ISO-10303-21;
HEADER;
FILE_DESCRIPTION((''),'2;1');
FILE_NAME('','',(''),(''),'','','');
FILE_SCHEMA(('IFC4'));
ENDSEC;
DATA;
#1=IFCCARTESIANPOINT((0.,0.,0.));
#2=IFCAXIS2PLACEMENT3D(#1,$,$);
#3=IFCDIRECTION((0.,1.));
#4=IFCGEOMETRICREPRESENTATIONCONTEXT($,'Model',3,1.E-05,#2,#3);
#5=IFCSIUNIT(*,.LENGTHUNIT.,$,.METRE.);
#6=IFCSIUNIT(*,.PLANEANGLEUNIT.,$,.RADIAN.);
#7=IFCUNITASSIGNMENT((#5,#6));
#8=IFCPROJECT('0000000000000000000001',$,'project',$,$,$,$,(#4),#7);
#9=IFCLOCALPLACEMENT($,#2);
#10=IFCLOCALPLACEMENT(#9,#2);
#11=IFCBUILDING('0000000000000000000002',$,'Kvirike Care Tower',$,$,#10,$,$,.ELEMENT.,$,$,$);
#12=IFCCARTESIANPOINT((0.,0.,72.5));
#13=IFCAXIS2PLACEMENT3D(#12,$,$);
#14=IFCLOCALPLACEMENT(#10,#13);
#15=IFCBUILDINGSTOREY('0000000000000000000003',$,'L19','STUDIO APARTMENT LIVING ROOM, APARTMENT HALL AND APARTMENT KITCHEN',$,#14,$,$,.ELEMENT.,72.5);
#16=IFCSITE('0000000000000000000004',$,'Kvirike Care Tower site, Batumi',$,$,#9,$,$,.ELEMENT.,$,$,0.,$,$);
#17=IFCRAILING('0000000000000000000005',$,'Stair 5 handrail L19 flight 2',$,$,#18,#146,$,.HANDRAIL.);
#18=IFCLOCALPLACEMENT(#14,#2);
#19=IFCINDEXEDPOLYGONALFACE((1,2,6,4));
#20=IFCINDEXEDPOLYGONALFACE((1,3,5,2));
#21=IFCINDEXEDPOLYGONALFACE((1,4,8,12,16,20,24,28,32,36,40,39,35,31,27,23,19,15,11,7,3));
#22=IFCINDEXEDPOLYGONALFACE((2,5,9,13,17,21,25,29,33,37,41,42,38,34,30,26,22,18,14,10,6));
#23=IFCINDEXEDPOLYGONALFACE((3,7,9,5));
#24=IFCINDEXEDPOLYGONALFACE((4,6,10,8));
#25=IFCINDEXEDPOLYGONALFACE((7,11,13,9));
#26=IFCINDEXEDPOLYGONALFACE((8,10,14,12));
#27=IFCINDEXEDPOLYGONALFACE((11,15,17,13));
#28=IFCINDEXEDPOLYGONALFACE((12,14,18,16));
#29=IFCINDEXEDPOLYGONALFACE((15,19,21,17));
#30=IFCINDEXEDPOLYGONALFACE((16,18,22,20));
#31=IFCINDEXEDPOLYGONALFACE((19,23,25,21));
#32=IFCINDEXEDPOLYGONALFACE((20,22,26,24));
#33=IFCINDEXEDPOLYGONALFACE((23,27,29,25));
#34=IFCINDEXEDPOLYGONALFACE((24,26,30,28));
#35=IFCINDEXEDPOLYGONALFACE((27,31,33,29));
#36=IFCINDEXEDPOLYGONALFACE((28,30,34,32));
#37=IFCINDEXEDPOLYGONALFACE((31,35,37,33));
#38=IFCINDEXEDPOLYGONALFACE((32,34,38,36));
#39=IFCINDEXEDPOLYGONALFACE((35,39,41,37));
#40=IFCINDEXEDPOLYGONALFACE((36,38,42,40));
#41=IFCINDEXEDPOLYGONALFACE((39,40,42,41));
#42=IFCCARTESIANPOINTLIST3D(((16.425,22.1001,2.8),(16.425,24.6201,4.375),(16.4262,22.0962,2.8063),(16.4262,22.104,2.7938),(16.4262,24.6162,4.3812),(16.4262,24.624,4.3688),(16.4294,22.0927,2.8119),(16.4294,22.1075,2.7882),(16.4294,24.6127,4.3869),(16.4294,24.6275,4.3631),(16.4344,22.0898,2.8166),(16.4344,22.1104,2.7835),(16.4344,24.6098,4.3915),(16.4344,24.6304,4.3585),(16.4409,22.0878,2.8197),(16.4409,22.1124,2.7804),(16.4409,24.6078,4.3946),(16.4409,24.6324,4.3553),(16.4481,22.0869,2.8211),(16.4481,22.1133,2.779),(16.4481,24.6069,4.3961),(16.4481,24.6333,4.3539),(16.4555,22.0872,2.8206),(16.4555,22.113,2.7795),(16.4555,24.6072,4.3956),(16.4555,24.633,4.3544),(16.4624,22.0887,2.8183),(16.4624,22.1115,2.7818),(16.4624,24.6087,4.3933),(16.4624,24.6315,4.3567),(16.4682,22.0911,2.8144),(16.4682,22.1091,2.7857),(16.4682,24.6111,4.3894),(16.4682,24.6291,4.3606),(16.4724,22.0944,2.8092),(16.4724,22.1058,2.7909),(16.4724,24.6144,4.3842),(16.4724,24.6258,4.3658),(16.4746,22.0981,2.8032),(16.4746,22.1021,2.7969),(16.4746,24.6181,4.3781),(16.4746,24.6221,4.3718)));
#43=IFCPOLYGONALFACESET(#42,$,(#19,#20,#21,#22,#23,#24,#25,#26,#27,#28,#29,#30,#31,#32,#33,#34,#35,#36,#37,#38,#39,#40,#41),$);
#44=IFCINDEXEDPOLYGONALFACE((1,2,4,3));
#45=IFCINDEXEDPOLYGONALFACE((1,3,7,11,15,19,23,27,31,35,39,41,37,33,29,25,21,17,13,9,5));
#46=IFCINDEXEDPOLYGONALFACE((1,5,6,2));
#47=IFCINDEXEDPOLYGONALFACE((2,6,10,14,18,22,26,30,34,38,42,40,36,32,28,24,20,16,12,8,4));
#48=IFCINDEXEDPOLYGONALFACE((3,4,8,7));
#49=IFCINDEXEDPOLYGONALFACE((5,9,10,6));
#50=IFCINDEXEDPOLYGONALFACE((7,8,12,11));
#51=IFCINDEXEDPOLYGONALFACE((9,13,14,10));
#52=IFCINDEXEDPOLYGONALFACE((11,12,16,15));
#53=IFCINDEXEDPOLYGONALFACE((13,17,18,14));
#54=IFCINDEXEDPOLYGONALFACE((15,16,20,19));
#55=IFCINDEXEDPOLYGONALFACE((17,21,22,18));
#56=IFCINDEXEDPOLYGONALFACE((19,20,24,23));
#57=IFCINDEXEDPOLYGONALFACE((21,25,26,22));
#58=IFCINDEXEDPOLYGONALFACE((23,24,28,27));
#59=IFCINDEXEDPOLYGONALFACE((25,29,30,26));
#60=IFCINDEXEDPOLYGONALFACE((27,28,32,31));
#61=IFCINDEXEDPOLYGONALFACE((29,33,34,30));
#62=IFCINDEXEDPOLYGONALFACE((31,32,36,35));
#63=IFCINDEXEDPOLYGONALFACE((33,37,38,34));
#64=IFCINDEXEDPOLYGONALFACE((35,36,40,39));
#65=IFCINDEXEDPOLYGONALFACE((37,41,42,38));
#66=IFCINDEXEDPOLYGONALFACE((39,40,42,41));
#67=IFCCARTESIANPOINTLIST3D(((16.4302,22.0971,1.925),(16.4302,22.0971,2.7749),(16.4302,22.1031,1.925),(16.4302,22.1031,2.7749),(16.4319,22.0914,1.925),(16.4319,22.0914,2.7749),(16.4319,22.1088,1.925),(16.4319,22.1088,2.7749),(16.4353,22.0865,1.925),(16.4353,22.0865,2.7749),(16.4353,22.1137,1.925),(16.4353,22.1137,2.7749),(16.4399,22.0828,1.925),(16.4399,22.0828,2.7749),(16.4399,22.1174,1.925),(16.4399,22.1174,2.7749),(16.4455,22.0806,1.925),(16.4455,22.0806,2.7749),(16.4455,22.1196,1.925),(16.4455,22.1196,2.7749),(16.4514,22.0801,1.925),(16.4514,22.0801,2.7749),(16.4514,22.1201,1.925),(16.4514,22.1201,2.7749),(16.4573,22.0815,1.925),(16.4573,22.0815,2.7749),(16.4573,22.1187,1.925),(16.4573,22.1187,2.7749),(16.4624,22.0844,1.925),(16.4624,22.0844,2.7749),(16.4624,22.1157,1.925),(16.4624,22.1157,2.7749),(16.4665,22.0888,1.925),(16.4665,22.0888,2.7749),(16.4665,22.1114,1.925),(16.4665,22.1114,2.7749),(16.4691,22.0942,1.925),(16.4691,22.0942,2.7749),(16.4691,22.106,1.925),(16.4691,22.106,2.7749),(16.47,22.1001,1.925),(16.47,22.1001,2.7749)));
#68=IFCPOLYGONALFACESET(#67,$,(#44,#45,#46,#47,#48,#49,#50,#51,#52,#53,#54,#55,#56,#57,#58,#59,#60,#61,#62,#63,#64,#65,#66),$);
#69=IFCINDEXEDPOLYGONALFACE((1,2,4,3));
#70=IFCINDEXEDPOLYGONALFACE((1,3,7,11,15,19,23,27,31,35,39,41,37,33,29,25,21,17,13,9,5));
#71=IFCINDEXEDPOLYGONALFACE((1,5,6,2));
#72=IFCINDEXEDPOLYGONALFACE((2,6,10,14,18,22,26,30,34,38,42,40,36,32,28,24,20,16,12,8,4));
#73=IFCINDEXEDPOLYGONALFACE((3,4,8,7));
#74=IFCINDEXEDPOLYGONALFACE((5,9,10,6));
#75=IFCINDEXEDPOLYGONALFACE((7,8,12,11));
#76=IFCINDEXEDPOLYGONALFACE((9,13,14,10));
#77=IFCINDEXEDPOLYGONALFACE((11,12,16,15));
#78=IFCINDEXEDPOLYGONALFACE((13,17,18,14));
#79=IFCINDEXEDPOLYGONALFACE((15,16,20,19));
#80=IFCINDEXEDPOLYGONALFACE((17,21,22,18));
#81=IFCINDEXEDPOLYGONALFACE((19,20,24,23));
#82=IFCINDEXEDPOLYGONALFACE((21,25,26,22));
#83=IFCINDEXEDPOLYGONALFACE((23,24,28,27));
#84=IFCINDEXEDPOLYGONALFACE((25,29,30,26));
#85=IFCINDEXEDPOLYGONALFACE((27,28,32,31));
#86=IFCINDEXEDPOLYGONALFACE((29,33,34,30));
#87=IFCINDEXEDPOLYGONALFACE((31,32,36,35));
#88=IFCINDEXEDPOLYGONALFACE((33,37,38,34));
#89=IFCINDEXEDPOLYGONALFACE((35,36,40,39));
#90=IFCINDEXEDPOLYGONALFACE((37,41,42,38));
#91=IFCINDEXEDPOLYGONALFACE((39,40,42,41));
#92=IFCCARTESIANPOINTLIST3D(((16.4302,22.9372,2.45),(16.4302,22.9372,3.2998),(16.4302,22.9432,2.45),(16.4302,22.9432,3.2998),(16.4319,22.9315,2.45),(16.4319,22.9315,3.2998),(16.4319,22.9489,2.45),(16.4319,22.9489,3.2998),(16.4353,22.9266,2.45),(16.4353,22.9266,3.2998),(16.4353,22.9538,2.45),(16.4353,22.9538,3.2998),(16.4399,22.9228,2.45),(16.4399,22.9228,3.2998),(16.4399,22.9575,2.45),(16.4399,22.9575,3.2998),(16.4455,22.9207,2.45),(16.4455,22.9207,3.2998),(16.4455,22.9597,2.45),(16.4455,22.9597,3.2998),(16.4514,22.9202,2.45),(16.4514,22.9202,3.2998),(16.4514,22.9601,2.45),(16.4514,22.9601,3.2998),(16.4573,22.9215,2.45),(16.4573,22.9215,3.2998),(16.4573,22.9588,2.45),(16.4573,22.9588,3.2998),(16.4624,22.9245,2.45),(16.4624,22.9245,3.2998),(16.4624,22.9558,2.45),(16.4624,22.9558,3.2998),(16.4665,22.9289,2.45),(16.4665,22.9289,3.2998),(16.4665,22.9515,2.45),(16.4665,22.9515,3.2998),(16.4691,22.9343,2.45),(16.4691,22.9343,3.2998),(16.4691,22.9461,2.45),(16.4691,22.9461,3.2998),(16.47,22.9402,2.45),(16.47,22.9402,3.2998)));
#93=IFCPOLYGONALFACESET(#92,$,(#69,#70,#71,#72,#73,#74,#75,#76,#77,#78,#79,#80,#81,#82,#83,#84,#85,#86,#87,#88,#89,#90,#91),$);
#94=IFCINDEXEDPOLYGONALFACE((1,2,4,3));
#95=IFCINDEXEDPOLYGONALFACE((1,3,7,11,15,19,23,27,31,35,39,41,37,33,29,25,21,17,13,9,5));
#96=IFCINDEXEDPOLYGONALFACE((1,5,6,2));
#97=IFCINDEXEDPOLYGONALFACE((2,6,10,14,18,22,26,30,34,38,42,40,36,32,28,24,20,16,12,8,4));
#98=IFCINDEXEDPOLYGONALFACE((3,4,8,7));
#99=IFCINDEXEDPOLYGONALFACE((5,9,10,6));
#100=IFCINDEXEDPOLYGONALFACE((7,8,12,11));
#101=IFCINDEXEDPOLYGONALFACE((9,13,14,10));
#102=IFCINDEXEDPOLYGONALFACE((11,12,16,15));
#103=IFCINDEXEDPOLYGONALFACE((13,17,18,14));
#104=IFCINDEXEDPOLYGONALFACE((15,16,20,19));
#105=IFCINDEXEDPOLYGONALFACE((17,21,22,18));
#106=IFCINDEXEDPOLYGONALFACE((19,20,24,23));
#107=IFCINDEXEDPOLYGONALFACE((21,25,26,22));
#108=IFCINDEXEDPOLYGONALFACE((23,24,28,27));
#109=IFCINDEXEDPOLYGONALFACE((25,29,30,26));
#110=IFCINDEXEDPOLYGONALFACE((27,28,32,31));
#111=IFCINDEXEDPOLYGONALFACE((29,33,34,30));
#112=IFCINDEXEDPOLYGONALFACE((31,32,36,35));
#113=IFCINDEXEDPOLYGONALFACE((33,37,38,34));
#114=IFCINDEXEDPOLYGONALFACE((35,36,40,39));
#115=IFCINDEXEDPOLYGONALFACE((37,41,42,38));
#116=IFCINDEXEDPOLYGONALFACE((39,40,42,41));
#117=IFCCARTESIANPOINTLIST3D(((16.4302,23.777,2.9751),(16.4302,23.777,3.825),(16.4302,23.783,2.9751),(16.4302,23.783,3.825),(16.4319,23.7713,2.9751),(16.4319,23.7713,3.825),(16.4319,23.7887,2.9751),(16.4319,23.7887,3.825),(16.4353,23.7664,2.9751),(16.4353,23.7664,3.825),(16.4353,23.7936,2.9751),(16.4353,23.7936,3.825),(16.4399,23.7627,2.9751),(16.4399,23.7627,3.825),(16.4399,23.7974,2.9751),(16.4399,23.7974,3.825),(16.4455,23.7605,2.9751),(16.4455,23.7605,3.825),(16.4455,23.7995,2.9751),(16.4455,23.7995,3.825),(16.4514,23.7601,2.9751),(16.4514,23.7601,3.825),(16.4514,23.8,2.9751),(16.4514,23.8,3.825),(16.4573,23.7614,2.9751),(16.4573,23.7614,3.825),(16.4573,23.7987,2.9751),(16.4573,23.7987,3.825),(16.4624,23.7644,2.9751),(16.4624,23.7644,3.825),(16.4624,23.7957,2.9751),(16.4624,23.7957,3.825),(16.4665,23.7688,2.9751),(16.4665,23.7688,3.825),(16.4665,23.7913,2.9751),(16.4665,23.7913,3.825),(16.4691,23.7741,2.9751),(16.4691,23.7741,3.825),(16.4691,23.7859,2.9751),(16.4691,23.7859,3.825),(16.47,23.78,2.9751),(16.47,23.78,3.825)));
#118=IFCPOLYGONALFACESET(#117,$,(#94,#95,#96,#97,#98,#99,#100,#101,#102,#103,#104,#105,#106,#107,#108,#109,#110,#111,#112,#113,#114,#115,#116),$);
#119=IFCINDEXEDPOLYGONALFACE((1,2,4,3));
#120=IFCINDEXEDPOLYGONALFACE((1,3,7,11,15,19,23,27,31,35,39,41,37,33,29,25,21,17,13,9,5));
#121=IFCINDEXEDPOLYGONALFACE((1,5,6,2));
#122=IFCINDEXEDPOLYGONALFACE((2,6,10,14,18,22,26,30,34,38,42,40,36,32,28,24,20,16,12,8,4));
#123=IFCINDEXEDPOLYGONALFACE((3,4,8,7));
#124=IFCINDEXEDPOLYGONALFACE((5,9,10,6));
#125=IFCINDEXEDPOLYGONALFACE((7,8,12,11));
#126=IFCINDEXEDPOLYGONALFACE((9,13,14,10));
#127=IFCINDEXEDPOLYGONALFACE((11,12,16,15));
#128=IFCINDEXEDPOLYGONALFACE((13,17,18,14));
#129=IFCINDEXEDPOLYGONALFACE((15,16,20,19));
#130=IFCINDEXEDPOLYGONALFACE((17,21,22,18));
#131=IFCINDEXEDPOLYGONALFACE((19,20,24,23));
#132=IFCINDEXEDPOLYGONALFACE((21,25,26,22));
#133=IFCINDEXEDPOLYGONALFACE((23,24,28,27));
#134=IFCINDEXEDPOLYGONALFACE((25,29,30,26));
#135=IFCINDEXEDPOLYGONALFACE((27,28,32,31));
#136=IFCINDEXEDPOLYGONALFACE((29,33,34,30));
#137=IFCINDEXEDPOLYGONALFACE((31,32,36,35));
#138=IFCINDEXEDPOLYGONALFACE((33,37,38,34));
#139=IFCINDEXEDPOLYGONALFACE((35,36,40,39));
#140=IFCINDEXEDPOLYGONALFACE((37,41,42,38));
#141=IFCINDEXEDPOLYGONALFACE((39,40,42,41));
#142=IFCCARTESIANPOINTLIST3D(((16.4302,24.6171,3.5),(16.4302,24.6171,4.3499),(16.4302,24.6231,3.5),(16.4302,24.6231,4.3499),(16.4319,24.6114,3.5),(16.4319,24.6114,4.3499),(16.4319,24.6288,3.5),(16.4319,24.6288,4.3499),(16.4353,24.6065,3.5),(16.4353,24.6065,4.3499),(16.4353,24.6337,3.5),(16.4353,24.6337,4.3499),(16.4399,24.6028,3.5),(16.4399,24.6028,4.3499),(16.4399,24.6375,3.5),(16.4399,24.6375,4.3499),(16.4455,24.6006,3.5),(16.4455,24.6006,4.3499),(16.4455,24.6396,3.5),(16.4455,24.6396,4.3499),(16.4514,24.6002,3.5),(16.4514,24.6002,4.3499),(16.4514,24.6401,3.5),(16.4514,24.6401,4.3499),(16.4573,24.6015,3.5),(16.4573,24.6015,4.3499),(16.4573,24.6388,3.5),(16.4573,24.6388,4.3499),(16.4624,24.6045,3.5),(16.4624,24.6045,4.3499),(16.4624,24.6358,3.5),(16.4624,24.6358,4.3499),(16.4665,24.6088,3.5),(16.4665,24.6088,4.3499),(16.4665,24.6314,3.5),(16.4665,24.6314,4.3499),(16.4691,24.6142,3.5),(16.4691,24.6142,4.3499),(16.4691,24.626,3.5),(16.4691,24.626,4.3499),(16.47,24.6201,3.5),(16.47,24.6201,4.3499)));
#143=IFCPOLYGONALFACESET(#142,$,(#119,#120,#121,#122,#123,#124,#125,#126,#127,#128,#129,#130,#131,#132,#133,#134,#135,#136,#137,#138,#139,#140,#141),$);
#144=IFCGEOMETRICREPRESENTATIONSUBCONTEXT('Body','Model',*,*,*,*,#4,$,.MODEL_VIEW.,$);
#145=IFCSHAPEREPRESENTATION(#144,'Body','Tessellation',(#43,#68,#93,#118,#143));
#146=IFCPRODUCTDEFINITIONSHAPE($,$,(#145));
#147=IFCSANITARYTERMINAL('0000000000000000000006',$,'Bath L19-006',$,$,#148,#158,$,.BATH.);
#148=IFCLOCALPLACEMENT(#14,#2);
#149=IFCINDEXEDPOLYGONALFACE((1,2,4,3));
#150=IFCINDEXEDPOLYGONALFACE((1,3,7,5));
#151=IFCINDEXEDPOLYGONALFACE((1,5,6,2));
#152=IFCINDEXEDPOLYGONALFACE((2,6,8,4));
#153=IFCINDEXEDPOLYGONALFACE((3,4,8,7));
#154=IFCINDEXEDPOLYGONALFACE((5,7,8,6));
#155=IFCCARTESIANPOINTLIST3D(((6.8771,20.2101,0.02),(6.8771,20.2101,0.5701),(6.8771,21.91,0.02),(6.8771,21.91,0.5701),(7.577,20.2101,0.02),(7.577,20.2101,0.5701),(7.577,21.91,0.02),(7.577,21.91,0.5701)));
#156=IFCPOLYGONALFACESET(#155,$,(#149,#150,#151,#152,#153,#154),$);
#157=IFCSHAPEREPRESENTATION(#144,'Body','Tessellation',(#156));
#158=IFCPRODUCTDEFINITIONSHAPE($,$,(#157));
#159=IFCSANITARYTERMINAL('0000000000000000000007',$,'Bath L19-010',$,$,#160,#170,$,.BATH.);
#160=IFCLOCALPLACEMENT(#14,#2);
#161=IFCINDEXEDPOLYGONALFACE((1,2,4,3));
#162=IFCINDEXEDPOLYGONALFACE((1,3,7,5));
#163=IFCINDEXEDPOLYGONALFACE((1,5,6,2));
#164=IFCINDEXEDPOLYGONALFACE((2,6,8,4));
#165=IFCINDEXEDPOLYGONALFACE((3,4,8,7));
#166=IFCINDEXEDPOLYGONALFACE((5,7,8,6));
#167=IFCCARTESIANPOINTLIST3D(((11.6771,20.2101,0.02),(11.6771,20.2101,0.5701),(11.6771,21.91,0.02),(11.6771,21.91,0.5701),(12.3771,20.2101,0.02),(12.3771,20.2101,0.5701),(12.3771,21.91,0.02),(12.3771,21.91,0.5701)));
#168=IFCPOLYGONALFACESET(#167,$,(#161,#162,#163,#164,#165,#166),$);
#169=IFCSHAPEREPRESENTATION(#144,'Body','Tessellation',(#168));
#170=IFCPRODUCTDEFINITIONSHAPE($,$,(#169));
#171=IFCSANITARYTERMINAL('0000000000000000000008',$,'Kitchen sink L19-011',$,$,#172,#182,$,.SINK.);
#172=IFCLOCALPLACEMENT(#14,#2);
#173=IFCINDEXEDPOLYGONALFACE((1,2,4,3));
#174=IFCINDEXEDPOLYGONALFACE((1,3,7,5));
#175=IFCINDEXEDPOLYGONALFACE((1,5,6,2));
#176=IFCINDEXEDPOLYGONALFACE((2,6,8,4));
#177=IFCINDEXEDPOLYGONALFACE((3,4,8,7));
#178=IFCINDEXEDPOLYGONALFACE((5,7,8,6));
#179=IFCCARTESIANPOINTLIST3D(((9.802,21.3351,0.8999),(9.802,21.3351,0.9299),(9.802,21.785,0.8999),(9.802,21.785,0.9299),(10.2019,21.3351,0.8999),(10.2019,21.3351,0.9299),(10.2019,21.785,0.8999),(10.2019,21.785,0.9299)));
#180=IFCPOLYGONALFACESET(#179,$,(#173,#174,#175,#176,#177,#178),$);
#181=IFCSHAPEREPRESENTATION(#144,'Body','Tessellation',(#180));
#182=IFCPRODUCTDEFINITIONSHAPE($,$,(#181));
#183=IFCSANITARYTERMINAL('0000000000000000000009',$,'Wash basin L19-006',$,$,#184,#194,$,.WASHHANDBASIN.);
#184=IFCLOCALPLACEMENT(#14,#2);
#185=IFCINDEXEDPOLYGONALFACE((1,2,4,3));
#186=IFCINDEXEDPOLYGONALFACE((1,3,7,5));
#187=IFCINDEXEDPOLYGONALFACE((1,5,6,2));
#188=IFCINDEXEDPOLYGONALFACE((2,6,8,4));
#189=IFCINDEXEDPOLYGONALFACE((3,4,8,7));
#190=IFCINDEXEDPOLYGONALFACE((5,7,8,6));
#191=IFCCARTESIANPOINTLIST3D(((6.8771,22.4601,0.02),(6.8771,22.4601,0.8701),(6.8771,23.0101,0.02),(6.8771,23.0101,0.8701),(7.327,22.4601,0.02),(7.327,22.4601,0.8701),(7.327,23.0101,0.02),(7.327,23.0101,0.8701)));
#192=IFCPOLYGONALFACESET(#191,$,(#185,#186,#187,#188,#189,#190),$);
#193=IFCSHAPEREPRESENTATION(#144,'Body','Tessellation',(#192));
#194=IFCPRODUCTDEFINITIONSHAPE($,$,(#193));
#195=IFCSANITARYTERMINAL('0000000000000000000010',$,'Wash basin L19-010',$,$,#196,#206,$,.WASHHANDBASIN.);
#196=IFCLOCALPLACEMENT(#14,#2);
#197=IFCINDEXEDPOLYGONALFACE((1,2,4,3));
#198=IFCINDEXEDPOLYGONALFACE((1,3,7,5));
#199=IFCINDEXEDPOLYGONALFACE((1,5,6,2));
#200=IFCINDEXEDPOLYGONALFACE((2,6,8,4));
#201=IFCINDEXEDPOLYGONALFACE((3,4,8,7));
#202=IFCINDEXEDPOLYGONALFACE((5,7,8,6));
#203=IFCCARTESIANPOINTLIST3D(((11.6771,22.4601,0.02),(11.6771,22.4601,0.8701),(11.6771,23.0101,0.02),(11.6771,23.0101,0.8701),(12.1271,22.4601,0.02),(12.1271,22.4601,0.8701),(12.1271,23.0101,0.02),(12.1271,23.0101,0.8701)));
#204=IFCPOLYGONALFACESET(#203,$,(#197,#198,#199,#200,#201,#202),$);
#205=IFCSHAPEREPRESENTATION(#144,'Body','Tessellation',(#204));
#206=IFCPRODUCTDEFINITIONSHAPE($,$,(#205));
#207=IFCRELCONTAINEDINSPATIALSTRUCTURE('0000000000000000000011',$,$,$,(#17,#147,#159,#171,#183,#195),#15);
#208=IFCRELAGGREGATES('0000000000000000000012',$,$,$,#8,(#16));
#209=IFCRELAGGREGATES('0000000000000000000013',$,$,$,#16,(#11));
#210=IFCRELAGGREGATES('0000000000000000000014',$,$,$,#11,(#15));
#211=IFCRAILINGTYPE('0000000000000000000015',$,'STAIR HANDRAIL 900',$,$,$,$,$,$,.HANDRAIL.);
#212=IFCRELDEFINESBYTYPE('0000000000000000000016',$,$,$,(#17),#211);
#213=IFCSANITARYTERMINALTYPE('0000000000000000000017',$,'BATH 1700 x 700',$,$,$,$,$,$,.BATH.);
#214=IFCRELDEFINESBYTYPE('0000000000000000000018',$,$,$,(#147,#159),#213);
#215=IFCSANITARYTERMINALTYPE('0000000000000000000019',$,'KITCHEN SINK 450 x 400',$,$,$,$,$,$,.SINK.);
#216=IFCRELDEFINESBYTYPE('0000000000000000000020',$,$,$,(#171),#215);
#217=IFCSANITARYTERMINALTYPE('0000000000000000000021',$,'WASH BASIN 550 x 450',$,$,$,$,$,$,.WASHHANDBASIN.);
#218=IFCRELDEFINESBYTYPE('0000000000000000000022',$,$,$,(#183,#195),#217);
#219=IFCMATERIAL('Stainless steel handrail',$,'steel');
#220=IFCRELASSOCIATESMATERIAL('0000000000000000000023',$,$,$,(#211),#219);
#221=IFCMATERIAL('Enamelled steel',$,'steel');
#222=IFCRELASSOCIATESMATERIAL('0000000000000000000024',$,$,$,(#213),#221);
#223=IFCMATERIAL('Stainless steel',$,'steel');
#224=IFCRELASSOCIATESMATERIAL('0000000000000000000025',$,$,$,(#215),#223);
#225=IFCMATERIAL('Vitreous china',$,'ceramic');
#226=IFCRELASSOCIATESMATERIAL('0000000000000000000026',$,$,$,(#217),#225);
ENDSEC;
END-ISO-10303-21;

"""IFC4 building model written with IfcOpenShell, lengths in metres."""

from ifc_helpers import new_model, si_unit, direction, frame, origin, origin_2d, place, context, subcontext, project, spatial, rectangle, circle, extrude, material, type_object, element, save


model = new_model("IFC4")

# Units and contexts
model_context = context("Model", 3, precision=1e-05, world=origin(), true_north=direction((0.0, 1.0)))
body_context = subcontext(model_context, "Body", "Model", "MODEL_VIEW")
ifc_project = project(units=[si_unit("LENGTHUNIT", "METRE"), si_unit("PLANEANGLEUNIT", "RADIAN")], contexts=[model_context])

# Site, building, storey
site_placement = place(None, origin())
site = spatial("IfcSite", under=ifc_project, at=site_placement, Name="Kvirike Care Tower site, Batumi", CompositionType="ELEMENT", RefElevation=0.0)
building_placement = place(site_placement, origin())
building = spatial("IfcBuilding", under=site, at=building_placement, Name="Kvirike Care Tower", CompositionType="ELEMENT")
storey_placement = place(building_placement, frame((0.0, 0.0, 72.5)))
storey = spatial("IfcBuildingStorey", under=building, at=storey_placement, Name="L19", Description="STUDIO APARTMENT LIVING ROOM, APARTMENT HALL AND APARTMENT KITCHEN", CompositionType="ELEMENT", Elevation=72.5)

# Railing
ifc_material_1 = material(Name="Stainless steel handrail", Category="steel")
railing_type = type_object("IfcRailingType", Name="STAIR HANDRAIL 900", PredefinedType="HANDRAIL", material=ifc_material_1)
railing_placement = place(storey_placement, frame((16.45, 22.1001, 1.925)))
element("IfcRailing", 1, at=railing_placement, inside=storey, type_object=railing_type, Name="Stair 5 handrail L19 flight 2", PredefinedType="HANDRAIL", context=body_context, shape_type="SweptSolid", body=[
    extrude(circle(Radius=0.0249, at=origin_2d()), frame((0.0, 0.0, 0.875), z_axis=(0.0, 0.848008, 0.529984), x_axis=(-1.0, 0.0, 0.0)), (0.0, 0.0, 1.0), 2.9717),
    extrude(circle(Radius=0.02, at=origin_2d()), origin(), (0.0, 0.0, 1.0), 0.8499),
    extrude(circle(Radius=0.02, at=origin_2d()), frame((0.0, 0.8401, 0.5249)), (0.0, 0.0, 1.0), 0.8499),
    extrude(circle(Radius=0.02, at=origin_2d()), frame((0.0, 1.6799, 1.05)), (0.0, 0.0, 1.0), 0.8499),
    extrude(circle(Radius=0.02, at=origin_2d()), frame((0.0, 2.52, 1.575)), (0.0, 0.0, 1.0), 0.8499),
])

# Sanitary terminals
ifc_material_2 = material(Name="Enamelled steel", Category="steel")
sanitary_terminal_type_1 = type_object("IfcSanitaryTerminalType", Name="BATH 1700 x 700", PredefinedType="BATH", material=ifc_material_2)
for number, where, z_axis, x_axis, name in (
    (2, (7.2271, 21.0601, 0.02), (0.0, 0.0, 1.0), (0.0, 1.0, 0.0), "Bath L19-006"),
    (3, (12.0271, 21.0601, 0.02), (0.0, 0.0, 1.0), (0.0, 1.0, 0.0), "Bath L19-010"),
):
    element("IfcSanitaryTerminal", number, at=place(storey_placement, frame(where, z_axis=z_axis, x_axis=x_axis)), inside=storey, type_object=sanitary_terminal_type_1, Name=name, PredefinedType="BATH", context=body_context, shape_type="SweptSolid", body=[
        extrude(rectangle(XDim=1.7, YDim=0.7, at=origin_2d()), origin(), (0.0, 0.0, 1.0), 0.55),
    ])
ifc_material_3 = material(Name="Stainless steel", Category="steel")
sanitary_terminal_type_2 = type_object("IfcSanitaryTerminalType", Name="KITCHEN SINK 450 x 400", PredefinedType="SINK", material=ifc_material_3)
sanitary_terminal_placement = place(storey_placement, frame((10.002, 21.5601, 0.8999), z_axis=(0.0, 0.0, 1.0), x_axis=(0.0, 1.0, 0.0)))
element("IfcSanitaryTerminal", 4, at=sanitary_terminal_placement, inside=storey, type_object=sanitary_terminal_type_2, Name="Kitchen sink L19-011", PredefinedType="SINK", context=body_context, shape_type="SweptSolid", body=[
    extrude(rectangle(XDim=0.45, YDim=0.3999, at=origin_2d()), origin(), (0.0, 0.0, 1.0), 0.03),
])
ifc_material_4 = material(Name="Vitreous china", Category="ceramic")
sanitary_terminal_type_3 = type_object("IfcSanitaryTerminalType", Name="WASH BASIN 550 x 450", PredefinedType="WASHHANDBASIN", material=ifc_material_4)
for number, where, z_axis, x_axis, name in (
    (5, (7.1021, 22.7351, 0.02), (0.0, 0.0, 1.0), (0.0, 1.0, 0.0), "Wash basin L19-006"),
    (6, (11.9021, 22.7351, 0.02), (0.0, 0.0, 1.0), (0.0, 1.0, 0.0), "Wash basin L19-010"),
):
    element("IfcSanitaryTerminal", number, at=place(storey_placement, frame(where, z_axis=z_axis, x_axis=x_axis)), inside=storey, type_object=sanitary_terminal_type_3, Name=name, PredefinedType="WASHHANDBASIN", context=body_context, shape_type="SweptSolid", body=[
        extrude(rectangle(XDim=0.55, YDim=0.45, at=origin_2d()), origin(), (0.0, 0.0, 1.0), 0.8501),
    ])

save(model, "model.ifc")
